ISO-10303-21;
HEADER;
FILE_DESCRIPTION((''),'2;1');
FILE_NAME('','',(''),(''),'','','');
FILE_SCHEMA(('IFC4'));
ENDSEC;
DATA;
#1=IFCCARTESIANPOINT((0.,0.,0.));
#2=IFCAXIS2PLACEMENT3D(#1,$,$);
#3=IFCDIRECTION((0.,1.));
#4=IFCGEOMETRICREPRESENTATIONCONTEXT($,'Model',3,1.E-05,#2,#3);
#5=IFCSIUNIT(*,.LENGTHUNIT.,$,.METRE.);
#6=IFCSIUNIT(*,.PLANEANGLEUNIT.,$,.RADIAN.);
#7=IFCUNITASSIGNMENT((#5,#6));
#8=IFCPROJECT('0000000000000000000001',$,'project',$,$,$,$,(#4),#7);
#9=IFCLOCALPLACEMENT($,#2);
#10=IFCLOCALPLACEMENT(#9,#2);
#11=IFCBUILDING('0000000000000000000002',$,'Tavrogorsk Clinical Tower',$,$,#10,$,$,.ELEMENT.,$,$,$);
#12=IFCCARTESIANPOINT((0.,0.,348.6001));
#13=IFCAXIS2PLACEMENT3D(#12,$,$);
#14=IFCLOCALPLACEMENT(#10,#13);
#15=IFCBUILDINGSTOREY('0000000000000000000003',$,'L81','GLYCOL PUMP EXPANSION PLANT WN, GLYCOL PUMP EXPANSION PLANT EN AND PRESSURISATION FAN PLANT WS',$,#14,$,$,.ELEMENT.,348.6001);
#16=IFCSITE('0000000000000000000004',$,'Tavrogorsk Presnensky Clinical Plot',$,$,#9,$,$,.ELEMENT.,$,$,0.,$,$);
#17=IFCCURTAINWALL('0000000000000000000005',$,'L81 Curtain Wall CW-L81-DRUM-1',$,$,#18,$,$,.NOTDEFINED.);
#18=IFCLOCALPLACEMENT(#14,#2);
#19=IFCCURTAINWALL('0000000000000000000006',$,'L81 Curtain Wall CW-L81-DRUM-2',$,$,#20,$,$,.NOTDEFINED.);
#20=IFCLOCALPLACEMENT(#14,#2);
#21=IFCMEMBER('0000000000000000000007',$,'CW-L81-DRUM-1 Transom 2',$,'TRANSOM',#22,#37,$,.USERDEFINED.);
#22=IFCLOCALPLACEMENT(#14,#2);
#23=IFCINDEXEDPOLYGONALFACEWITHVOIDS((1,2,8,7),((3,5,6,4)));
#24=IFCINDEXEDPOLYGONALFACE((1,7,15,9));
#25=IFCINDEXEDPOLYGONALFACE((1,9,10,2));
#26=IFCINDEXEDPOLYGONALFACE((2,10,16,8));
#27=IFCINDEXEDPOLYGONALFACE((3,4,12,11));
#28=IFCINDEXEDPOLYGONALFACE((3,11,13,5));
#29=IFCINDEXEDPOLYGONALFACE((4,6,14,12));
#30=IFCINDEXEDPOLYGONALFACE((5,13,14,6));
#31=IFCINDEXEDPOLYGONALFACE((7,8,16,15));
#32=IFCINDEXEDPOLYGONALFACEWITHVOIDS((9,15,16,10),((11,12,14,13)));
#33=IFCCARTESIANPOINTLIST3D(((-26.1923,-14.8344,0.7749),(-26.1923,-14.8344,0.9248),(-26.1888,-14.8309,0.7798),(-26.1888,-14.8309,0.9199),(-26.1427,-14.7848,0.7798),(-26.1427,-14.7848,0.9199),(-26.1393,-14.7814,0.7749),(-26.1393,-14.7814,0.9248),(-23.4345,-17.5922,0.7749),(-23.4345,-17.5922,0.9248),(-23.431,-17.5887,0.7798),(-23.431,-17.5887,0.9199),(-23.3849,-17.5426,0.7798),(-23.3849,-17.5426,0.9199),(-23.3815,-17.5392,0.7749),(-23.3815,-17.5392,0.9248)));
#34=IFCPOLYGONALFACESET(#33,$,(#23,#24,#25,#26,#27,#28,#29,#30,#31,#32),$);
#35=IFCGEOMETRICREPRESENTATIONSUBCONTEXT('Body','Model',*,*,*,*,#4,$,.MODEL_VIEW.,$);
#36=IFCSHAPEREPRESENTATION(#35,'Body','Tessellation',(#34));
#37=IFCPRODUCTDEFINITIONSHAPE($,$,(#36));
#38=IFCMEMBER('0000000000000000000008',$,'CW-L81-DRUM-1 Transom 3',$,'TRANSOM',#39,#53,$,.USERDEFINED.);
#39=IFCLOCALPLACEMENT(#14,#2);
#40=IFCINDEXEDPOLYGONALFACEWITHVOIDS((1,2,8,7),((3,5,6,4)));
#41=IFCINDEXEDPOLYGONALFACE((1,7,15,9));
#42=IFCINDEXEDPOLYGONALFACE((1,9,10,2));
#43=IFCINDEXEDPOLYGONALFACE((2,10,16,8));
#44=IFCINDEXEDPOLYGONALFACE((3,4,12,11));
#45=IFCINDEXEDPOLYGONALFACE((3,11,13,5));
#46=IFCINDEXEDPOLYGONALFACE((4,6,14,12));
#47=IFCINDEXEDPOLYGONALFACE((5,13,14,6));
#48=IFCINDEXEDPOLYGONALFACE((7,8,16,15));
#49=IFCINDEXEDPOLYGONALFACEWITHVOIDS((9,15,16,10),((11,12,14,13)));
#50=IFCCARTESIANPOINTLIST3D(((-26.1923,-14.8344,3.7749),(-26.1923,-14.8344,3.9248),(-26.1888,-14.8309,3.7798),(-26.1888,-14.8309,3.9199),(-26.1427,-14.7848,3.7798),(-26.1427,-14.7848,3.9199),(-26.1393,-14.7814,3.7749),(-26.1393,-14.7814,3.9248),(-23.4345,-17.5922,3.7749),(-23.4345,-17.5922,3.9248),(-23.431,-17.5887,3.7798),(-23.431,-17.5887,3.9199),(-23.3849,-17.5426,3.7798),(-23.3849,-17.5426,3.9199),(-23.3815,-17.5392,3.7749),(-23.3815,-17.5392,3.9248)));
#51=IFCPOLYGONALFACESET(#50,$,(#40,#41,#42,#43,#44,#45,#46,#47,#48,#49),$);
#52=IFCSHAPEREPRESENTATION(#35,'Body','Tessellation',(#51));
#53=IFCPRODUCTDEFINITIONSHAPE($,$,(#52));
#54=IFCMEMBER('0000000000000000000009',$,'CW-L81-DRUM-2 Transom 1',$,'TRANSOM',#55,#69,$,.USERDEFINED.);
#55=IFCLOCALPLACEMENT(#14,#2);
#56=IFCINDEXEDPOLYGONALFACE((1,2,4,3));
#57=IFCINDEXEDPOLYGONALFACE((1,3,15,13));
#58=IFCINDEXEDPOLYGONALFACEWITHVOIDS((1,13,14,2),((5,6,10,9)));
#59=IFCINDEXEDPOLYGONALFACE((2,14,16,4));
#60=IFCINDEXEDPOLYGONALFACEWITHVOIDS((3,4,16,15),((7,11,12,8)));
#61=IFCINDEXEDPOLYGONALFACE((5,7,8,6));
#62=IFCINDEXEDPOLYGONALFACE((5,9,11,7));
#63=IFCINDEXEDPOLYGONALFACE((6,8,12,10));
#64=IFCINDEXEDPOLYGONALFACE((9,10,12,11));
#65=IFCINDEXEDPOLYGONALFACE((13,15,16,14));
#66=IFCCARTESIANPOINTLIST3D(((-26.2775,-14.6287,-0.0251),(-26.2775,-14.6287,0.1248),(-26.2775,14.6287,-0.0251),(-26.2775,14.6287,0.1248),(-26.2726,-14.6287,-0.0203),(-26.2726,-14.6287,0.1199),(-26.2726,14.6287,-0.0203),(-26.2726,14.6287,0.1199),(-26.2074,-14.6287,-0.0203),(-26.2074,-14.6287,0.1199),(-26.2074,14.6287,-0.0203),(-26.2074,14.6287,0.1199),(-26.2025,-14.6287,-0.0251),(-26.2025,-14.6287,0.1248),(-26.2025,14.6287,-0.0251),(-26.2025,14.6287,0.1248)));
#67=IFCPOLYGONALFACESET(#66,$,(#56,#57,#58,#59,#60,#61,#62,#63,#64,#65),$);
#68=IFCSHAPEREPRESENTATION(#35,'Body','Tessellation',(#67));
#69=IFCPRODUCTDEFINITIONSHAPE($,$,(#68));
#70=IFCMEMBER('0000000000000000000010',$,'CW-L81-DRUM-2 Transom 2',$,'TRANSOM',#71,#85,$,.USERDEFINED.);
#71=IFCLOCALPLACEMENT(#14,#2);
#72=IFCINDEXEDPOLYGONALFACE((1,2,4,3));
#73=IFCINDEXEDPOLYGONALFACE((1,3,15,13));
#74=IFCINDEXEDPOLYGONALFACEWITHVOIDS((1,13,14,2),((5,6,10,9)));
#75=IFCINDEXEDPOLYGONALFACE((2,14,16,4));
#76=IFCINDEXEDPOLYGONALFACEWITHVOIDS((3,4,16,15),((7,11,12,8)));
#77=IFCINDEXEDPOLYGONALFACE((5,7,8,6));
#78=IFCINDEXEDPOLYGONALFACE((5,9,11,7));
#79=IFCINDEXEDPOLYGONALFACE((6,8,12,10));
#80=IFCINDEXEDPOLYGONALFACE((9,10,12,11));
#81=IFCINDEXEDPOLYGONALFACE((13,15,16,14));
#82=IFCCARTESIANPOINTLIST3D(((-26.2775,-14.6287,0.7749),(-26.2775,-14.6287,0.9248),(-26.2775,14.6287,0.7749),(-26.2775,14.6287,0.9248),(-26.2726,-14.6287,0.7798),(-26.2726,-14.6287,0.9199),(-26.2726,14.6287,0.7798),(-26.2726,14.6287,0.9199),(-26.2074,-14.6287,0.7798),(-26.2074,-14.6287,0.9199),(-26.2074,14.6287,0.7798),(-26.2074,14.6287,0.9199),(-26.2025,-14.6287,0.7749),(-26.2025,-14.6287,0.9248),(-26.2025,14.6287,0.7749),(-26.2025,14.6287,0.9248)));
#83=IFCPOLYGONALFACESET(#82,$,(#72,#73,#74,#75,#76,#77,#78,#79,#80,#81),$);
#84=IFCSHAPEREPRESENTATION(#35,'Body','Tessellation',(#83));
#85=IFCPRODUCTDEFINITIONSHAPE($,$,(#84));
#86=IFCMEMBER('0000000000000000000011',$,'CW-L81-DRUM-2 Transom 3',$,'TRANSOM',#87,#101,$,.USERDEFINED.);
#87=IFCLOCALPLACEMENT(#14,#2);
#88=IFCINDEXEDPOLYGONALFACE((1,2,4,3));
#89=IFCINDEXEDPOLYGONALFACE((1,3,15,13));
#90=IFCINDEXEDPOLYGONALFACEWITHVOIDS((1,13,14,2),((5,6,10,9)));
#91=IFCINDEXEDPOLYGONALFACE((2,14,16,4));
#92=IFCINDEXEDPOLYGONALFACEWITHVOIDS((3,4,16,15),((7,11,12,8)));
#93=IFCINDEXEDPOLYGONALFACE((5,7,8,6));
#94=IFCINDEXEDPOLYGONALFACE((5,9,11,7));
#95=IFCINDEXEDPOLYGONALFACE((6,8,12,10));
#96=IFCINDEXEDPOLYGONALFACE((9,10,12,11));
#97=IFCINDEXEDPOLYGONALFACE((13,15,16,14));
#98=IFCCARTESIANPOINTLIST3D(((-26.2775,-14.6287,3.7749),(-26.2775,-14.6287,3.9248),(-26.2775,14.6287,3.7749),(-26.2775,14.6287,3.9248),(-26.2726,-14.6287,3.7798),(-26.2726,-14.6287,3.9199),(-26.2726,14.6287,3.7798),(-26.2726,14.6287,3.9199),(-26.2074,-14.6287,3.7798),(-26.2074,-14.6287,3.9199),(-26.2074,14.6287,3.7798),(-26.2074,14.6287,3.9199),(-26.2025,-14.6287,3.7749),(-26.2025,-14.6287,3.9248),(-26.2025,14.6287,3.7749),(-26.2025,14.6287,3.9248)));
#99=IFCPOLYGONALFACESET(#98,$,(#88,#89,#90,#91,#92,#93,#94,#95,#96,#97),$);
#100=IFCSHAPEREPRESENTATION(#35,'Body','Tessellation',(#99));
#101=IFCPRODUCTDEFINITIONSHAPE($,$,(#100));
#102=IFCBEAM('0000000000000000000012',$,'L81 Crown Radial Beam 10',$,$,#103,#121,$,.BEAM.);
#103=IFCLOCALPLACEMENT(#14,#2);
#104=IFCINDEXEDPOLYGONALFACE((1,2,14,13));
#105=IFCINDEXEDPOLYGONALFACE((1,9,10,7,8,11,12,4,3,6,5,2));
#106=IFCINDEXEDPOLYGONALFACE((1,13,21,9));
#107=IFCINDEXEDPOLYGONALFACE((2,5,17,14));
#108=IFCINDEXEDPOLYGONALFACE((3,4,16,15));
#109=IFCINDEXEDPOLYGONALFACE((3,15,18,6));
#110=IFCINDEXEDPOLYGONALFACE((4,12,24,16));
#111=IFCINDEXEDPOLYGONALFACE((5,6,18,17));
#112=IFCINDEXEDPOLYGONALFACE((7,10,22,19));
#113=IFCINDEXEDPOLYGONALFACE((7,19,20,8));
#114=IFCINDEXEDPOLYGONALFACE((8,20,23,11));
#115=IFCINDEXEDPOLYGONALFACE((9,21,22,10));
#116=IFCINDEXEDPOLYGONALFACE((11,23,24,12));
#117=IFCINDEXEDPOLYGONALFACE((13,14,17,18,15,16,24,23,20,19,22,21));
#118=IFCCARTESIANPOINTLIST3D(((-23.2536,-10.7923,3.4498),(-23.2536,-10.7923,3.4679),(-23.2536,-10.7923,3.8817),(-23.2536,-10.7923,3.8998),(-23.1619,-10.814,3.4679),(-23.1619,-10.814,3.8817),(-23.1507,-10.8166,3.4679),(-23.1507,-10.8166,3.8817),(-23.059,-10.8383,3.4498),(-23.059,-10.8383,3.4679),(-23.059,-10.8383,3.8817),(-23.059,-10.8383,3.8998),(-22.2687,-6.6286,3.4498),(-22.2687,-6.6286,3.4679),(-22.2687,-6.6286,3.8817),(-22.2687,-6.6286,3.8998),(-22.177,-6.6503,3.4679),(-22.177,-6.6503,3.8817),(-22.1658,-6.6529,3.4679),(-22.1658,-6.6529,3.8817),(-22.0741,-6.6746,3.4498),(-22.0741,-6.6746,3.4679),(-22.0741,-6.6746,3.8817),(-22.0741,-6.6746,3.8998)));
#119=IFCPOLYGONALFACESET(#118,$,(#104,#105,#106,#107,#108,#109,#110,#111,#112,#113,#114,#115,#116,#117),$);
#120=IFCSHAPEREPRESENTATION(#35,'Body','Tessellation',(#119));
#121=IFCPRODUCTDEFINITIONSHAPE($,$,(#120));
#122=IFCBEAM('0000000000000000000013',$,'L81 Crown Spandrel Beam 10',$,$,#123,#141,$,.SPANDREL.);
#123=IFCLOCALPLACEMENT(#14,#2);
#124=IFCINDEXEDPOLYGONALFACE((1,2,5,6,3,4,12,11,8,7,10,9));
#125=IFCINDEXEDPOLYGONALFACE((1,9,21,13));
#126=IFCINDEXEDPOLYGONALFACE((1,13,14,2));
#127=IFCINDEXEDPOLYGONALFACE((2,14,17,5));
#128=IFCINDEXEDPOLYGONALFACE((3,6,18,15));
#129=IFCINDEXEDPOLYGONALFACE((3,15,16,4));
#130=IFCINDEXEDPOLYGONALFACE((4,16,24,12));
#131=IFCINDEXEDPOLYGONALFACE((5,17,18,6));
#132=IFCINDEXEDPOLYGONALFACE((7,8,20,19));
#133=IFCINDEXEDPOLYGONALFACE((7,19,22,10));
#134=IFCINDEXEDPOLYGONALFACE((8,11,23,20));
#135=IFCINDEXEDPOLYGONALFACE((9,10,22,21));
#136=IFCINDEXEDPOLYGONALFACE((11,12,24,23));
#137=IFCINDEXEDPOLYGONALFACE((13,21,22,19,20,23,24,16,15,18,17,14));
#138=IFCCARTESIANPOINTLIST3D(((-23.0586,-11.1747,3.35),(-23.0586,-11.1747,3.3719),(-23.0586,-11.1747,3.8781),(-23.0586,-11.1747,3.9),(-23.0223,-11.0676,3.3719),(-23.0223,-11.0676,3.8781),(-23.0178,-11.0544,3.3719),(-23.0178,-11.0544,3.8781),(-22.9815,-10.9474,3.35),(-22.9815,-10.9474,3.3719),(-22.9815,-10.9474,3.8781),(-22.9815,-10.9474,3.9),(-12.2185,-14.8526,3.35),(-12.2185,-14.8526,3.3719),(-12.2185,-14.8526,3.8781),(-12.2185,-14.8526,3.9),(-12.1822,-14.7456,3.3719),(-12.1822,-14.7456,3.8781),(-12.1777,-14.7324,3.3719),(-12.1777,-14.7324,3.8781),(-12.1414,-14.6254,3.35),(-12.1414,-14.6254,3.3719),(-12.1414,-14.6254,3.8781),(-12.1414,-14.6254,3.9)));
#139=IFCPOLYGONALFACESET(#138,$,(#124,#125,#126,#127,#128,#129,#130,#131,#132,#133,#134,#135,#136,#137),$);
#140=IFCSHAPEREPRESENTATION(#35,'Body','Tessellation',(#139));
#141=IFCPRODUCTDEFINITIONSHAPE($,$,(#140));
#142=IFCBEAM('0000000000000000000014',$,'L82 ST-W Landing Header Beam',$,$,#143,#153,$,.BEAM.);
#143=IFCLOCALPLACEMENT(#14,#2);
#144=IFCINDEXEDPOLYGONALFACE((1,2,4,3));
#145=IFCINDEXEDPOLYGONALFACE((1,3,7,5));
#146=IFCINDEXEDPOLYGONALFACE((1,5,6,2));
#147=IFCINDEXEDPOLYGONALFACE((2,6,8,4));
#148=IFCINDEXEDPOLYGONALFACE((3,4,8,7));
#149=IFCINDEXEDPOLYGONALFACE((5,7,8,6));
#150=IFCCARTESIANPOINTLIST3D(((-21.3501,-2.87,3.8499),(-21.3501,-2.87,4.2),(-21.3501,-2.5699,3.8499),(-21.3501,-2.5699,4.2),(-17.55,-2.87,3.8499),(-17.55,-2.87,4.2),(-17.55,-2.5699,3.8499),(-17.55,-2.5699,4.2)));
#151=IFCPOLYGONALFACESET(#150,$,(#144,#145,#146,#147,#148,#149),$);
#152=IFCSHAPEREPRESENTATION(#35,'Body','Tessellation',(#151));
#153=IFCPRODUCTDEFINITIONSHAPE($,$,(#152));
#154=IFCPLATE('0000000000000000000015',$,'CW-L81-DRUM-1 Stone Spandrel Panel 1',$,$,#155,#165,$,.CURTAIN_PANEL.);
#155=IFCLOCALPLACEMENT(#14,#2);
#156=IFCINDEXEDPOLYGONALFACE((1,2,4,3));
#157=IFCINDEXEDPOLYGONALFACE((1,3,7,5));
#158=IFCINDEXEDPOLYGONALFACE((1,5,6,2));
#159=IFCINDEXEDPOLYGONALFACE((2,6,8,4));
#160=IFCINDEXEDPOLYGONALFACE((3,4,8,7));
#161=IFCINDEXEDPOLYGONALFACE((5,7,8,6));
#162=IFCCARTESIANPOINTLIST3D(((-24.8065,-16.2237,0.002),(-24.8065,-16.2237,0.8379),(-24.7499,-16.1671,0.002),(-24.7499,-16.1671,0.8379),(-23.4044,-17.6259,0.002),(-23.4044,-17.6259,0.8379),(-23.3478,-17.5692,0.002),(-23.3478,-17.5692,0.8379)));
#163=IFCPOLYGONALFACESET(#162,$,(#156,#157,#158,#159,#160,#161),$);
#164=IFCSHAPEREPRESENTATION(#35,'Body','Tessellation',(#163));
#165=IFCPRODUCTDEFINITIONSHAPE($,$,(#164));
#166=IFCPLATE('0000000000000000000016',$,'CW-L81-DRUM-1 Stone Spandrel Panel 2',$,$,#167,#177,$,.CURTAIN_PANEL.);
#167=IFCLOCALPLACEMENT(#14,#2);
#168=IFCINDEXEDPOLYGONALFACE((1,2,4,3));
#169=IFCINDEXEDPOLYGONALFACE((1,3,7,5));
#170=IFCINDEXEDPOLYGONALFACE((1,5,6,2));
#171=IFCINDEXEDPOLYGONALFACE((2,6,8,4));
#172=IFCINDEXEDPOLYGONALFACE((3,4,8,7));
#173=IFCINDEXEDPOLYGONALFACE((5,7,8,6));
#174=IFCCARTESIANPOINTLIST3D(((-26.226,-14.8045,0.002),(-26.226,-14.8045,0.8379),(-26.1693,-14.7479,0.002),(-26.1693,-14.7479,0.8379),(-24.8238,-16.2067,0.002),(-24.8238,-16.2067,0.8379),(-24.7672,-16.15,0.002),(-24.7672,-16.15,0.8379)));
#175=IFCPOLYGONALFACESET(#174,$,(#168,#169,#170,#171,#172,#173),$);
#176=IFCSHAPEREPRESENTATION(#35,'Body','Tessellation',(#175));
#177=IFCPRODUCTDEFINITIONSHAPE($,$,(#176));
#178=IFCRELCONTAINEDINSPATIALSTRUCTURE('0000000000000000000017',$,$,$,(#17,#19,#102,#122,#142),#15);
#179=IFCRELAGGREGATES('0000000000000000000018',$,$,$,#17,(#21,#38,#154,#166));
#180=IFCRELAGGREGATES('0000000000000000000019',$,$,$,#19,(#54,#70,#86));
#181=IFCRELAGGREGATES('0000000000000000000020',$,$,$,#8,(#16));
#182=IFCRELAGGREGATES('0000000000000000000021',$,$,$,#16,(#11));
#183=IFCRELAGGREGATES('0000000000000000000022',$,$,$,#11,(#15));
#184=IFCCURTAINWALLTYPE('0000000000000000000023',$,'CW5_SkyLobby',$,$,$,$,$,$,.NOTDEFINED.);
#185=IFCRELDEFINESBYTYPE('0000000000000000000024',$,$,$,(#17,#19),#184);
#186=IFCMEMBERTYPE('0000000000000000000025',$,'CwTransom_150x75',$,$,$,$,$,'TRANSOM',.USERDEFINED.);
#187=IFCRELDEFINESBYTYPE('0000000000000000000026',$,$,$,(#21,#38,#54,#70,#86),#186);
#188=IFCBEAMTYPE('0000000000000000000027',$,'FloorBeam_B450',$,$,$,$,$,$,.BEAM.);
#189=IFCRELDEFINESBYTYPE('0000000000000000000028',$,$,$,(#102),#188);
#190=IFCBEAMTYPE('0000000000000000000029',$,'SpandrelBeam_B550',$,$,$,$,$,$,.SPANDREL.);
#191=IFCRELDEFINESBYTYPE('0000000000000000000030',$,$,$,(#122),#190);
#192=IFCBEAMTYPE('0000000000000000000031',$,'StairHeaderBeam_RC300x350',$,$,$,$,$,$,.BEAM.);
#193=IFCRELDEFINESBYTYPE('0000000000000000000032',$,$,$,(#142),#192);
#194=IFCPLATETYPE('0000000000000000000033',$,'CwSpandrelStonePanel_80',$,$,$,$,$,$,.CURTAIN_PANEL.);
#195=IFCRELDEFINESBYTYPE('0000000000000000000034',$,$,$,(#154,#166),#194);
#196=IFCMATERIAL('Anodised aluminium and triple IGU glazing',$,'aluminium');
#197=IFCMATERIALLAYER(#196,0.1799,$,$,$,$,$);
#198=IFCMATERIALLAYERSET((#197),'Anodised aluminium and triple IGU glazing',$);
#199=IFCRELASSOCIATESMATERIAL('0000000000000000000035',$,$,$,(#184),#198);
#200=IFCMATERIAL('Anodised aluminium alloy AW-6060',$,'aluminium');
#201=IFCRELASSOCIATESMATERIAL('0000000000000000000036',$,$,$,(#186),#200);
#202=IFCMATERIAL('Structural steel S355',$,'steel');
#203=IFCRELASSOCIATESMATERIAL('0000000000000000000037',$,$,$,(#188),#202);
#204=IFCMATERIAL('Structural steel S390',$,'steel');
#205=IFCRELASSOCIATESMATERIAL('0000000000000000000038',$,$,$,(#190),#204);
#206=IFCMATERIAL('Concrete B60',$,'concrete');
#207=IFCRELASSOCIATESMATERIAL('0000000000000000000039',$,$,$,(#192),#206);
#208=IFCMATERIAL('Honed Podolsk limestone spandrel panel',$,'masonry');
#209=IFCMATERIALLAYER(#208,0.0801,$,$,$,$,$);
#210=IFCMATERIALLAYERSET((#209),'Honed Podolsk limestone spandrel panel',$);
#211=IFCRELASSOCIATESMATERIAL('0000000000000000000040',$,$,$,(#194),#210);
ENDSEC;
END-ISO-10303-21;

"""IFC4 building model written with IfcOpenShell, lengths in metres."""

from ifc_helpers import new_model, si_unit, direction, frame, origin, origin_2d, place, context, subcontext, project, spatial, rectangle, hollow_rectangle, i_section, extrude, material, layer, layer_set, material_profile, profile_set, type_object, element, aggregate, save


model = new_model("IFC4")

# Units and contexts
model_context = context("Model", 3, precision=1e-05, world=origin(), true_north=direction((0.0, 1.0)))
body_context = subcontext(model_context, "Body", "Model", "MODEL_VIEW")
ifc_project = project(units=[si_unit("LENGTHUNIT", "METRE"), si_unit("PLANEANGLEUNIT", "RADIAN")], contexts=[model_context])

# Site, building, storey
site_placement = place(None, origin())
site = spatial("IfcSite", under=ifc_project, at=site_placement, Name="Tavrogorsk Presnensky Clinical Plot", CompositionType="ELEMENT", RefElevation=0.0)
building_placement = place(site_placement, origin())
building = spatial("IfcBuilding", under=site, at=building_placement, Name="Tavrogorsk Clinical Tower", CompositionType="ELEMENT")
storey_placement = place(building_placement, frame((0.0, 0.0, 348.6001)))
storey = spatial("IfcBuildingStorey", under=building, at=storey_placement, Name="L81", Description="GLYCOL PUMP EXPANSION PLANT WN, GLYCOL PUMP EXPANSION PLANT EN AND PRESSURISATION FAN PLANT WS", CompositionType="ELEMENT", Elevation=348.6001)

# Curtain walls
ifc_material_1 = material(Name="Anodised aluminium and triple IGU glazing", Category="aluminium")
ifc_layer_1 = layer(ifc_material_1, 0.1799)
ifc_layer_set_1 = layer_set([ifc_layer_1], Name="Anodised aluminium and triple IGU glazing")
curtain_wall_type = type_object("IfcCurtainWallType", Name="CW5_SkyLobby", PredefinedType="NOTDEFINED", material=ifc_layer_set_1)
curtain_wall_1_placement = place(storey_placement, origin())
curtain_wall_1 = element("IfcCurtainWall", 1, at=curtain_wall_1_placement, inside=storey, type_object=curtain_wall_type, Name="L81 Curtain Wall CW-L81-DRUM-1", PredefinedType="NOTDEFINED")
curtain_wall_2_placement = place(storey_placement, origin())
curtain_wall_2 = element("IfcCurtainWall", 2, at=curtain_wall_2_placement, inside=storey, type_object=curtain_wall_type, Name="L81 Curtain Wall CW-L81-DRUM-2", PredefinedType="NOTDEFINED")

# Members
ifc_material_2 = material(Name="Anodised aluminium alloy AW-6060", Category="aluminium")
ifc_material_profile_1 = material_profile(ifc_material_2, hollow_rectangle(XDim=0.075, YDim=0.1499, WallThickness=0.0049, at=origin_2d()), Name="RHS-150x75x5")
ifc_profile_set_1 = profile_set([ifc_material_profile_1], Name="Anodised aluminium alloy AW-6060")
member_type_1 = type_object("IfcMemberType", Name="CwTransom_150x75", ElementType="TRANSOM", PredefinedType="USERDEFINED", material=ifc_profile_set_1)
member_1_placement = place(storey_placement, frame((-23.408, -17.5657, 0.8499), z_axis=(-0.707107, 0.707107, 0.0), x_axis=(-0.707107, -0.707107, 0.0)))
member_1 = element("IfcMember", 3, at=member_1_placement, type_object=member_type_1, Name="CW-L81-DRUM-1 Transom 2", ObjectType="TRANSOM", PredefinedType="USERDEFINED", context=body_context, shape_type="SweptSolid", body=[
    extrude(hollow_rectangle(XDim=0.075, YDim=0.1499, WallThickness=0.0049, at=origin_2d()), origin(), (0.0, 0.0, 1.0), 3.9001),
])
member_2_placement = place(storey_placement, frame((-23.408, -17.5657, 3.8499), z_axis=(-0.707107, 0.707107, 0.0), x_axis=(-0.707107, -0.707107, 0.0)))
member_2 = element("IfcMember", 4, at=member_2_placement, type_object=member_type_1, Name="CW-L81-DRUM-1 Transom 3", ObjectType="TRANSOM", PredefinedType="USERDEFINED", context=body_context, shape_type="SweptSolid", body=[
    extrude(hollow_rectangle(XDim=0.075, YDim=0.1499, WallThickness=0.0049, at=origin_2d()), origin(), (0.0, 0.0, 1.0), 3.9001),
])
member_3_placement = place(storey_placement, frame((-26.24, -14.6287, 0.0498), z_axis=(0.0, 1.0, 0.0), x_axis=(-1.0, 0.0, 0.0)))
member_3 = element("IfcMember", 5, at=member_3_placement, type_object=member_type_1, Name="CW-L81-DRUM-2 Transom 1", ObjectType="TRANSOM", PredefinedType="USERDEFINED", context=body_context, shape_type="SweptSolid", body=[
    extrude(hollow_rectangle(XDim=0.075, YDim=0.1499, WallThickness=0.0049, at=origin_2d()), origin(), (0.0, 0.0, 1.0), 29.2573),
])
member_4_placement = place(storey_placement, frame((-26.24, -14.6287, 0.8499), z_axis=(0.0, 1.0, 0.0), x_axis=(-1.0, 0.0, 0.0)))
member_4 = element("IfcMember", 6, at=member_4_placement, type_object=member_type_1, Name="CW-L81-DRUM-2 Transom 2", ObjectType="TRANSOM", PredefinedType="USERDEFINED", context=body_context, shape_type="SweptSolid", body=[
    extrude(hollow_rectangle(XDim=0.075, YDim=0.1499, WallThickness=0.0049, at=origin_2d()), origin(), (0.0, 0.0, 1.0), 29.2573),
])
member_5_placement = place(storey_placement, frame((-26.24, -14.6287, 3.8499), z_axis=(0.0, 1.0, 0.0), x_axis=(-1.0, 0.0, 0.0)))
member_5 = element("IfcMember", 7, at=member_5_placement, type_object=member_type_1, Name="CW-L81-DRUM-2 Transom 3", ObjectType="TRANSOM", PredefinedType="USERDEFINED", context=body_context, shape_type="SweptSolid", body=[
    extrude(hollow_rectangle(XDim=0.075, YDim=0.1499, WallThickness=0.0049, at=origin_2d()), origin(), (0.0, 0.0, 1.0), 29.2573),
])

# Beams
ifc_material_3 = material(Name="Structural steel S355", Category="steel")
ifc_material_profile_2 = material_profile(ifc_material_3, i_section(OverallWidth=0.2, OverallDepth=0.45, WebThickness=0.0115, FlangeThickness=0.0181, at=origin_2d()), Name="B-450x200x11.5x18")
ifc_profile_set_2 = profile_set([ifc_material_profile_2], Name="Structural steel S355")
beam_type_1 = type_object("IfcBeamType", Name="FloorBeam_B450", PredefinedType="BEAM", material=ifc_profile_set_2)
beam_1_placement = place(storey_placement, frame((-22.1714, -6.6516, 3.6748), z_axis=(-0.230191, -0.973146, 0.0), x_axis=(0.973146, -0.230191, 0.0)))
element("IfcBeam", 8, at=beam_1_placement, inside=storey, type_object=beam_type_1, Name="L81 Crown Radial Beam 10", PredefinedType="BEAM", context=body_context, shape_type="SweptSolid", body=[
    extrude(i_section(OverallWidth=0.2, OverallDepth=0.45, WebThickness=0.0115, FlangeThickness=0.0181, at=origin_2d()), origin(), (0.0, 0.0, 1.0), 4.2786),
])
ifc_material_4 = material(Name="Structural steel S390", Category="steel")
ifc_material_profile_3 = material_profile(ifc_material_4, i_section(OverallWidth=0.24, OverallDepth=0.55, WebThickness=0.0139, FlangeThickness=0.022, at=origin_2d()), Name="B-550x240x14x22")
ifc_profile_set_3 = profile_set([ifc_material_profile_3], Name="Structural steel S390")
beam_type_2 = type_object("IfcBeamType", Name="SpandrelBeam_B550", PredefinedType="SPANDREL", material=ifc_profile_set_3)
beam_2_placement = place(storey_placement, frame((-23.02, -11.061, 3.625), z_axis=(0.946976, -0.321304, 0.0), x_axis=(0.321304, 0.946976, 0.0)))
element("IfcBeam", 9, at=beam_2_placement, inside=storey, type_object=beam_type_2, Name="L81 Crown Spandrel Beam 10", PredefinedType="SPANDREL", context=body_context, shape_type="SweptSolid", body=[
    extrude(i_section(OverallWidth=0.24, OverallDepth=0.55, WebThickness=0.0139, FlangeThickness=0.022, at=origin_2d()), origin(), (0.0, 0.0, 1.0), 11.447),
])
ifc_material_5 = material(Name="Concrete B60", Category="concrete")
ifc_material_profile_4 = material_profile(ifc_material_5, rectangle(XDim=0.3, YDim=0.3501, at=origin_2d()), Name="RC-SHB-300x350")
ifc_profile_set_4 = profile_set([ifc_material_profile_4], Name="Concrete B60")
beam_type_3 = type_object("IfcBeamType", Name="StairHeaderBeam_RC300x350", PredefinedType="BEAM", material=ifc_profile_set_4)
beam_3_placement = place(storey_placement, frame((-21.3501, -2.72, 4.0249), z_axis=(1.0, 0.0, 0.0), x_axis=(0.0, 1.0, 0.0)))
element("IfcBeam", 10, at=beam_3_placement, inside=storey, type_object=beam_type_3, Name="L82 ST-W Landing Header Beam", PredefinedType="BEAM", context=body_context, shape_type="SweptSolid", body=[
    extrude(rectangle(XDim=0.3, YDim=0.3501, at=origin_2d()), origin(), (0.0, 0.0, 1.0), 3.8),
])

# Plates
ifc_material_6 = material(Name="Honed Podolsk limestone spandrel panel", Category="masonry")
ifc_layer_2 = layer(ifc_material_6, 0.0801)
ifc_layer_set_2 = layer_set([ifc_layer_2], Name="Honed Podolsk limestone spandrel panel")
plate_type_1 = type_object("IfcPlateType", Name="CwSpandrelStonePanel_80", PredefinedType="CURTAIN_PANEL", material=ifc_layer_set_2)
plate_1_placement = place(storey_placement, frame((-24.0771, -16.8965, 0.002), z_axis=(0.0, 0.0, 1.0), x_axis=(-0.707107, 0.707107, 0.0)))
plate_1 = element("IfcPlate", 11, at=plate_1_placement, type_object=plate_type_1, Name="CW-L81-DRUM-1 Stone Spandrel Panel 1", PredefinedType="CURTAIN_PANEL", context=body_context, shape_type="SweptSolid", body=[
    extrude(rectangle(XDim=1.9829, YDim=0.0801, at=origin_2d()), origin(), (0.0, 0.0, 1.0), 0.8359),
])
plate_2_placement = place(storey_placement, frame((-25.4966, -15.4773, 0.002), z_axis=(0.0, 0.0, 1.0), x_axis=(-0.707107, 0.707107, 0.0)))
plate_2 = element("IfcPlate", 12, at=plate_2_placement, type_object=plate_type_1, Name="CW-L81-DRUM-1 Stone Spandrel Panel 2", PredefinedType="CURTAIN_PANEL", context=body_context, shape_type="SweptSolid", body=[
    extrude(rectangle(XDim=1.9829, YDim=0.0801, at=origin_2d()), origin(), (0.0, 0.0, 1.0), 0.8359),
])
aggregate(curtain_wall_1, [member_1, member_2, plate_1, plate_2])
aggregate(curtain_wall_2, [member_3, member_4, member_5])

save(model, "model.ifc")
